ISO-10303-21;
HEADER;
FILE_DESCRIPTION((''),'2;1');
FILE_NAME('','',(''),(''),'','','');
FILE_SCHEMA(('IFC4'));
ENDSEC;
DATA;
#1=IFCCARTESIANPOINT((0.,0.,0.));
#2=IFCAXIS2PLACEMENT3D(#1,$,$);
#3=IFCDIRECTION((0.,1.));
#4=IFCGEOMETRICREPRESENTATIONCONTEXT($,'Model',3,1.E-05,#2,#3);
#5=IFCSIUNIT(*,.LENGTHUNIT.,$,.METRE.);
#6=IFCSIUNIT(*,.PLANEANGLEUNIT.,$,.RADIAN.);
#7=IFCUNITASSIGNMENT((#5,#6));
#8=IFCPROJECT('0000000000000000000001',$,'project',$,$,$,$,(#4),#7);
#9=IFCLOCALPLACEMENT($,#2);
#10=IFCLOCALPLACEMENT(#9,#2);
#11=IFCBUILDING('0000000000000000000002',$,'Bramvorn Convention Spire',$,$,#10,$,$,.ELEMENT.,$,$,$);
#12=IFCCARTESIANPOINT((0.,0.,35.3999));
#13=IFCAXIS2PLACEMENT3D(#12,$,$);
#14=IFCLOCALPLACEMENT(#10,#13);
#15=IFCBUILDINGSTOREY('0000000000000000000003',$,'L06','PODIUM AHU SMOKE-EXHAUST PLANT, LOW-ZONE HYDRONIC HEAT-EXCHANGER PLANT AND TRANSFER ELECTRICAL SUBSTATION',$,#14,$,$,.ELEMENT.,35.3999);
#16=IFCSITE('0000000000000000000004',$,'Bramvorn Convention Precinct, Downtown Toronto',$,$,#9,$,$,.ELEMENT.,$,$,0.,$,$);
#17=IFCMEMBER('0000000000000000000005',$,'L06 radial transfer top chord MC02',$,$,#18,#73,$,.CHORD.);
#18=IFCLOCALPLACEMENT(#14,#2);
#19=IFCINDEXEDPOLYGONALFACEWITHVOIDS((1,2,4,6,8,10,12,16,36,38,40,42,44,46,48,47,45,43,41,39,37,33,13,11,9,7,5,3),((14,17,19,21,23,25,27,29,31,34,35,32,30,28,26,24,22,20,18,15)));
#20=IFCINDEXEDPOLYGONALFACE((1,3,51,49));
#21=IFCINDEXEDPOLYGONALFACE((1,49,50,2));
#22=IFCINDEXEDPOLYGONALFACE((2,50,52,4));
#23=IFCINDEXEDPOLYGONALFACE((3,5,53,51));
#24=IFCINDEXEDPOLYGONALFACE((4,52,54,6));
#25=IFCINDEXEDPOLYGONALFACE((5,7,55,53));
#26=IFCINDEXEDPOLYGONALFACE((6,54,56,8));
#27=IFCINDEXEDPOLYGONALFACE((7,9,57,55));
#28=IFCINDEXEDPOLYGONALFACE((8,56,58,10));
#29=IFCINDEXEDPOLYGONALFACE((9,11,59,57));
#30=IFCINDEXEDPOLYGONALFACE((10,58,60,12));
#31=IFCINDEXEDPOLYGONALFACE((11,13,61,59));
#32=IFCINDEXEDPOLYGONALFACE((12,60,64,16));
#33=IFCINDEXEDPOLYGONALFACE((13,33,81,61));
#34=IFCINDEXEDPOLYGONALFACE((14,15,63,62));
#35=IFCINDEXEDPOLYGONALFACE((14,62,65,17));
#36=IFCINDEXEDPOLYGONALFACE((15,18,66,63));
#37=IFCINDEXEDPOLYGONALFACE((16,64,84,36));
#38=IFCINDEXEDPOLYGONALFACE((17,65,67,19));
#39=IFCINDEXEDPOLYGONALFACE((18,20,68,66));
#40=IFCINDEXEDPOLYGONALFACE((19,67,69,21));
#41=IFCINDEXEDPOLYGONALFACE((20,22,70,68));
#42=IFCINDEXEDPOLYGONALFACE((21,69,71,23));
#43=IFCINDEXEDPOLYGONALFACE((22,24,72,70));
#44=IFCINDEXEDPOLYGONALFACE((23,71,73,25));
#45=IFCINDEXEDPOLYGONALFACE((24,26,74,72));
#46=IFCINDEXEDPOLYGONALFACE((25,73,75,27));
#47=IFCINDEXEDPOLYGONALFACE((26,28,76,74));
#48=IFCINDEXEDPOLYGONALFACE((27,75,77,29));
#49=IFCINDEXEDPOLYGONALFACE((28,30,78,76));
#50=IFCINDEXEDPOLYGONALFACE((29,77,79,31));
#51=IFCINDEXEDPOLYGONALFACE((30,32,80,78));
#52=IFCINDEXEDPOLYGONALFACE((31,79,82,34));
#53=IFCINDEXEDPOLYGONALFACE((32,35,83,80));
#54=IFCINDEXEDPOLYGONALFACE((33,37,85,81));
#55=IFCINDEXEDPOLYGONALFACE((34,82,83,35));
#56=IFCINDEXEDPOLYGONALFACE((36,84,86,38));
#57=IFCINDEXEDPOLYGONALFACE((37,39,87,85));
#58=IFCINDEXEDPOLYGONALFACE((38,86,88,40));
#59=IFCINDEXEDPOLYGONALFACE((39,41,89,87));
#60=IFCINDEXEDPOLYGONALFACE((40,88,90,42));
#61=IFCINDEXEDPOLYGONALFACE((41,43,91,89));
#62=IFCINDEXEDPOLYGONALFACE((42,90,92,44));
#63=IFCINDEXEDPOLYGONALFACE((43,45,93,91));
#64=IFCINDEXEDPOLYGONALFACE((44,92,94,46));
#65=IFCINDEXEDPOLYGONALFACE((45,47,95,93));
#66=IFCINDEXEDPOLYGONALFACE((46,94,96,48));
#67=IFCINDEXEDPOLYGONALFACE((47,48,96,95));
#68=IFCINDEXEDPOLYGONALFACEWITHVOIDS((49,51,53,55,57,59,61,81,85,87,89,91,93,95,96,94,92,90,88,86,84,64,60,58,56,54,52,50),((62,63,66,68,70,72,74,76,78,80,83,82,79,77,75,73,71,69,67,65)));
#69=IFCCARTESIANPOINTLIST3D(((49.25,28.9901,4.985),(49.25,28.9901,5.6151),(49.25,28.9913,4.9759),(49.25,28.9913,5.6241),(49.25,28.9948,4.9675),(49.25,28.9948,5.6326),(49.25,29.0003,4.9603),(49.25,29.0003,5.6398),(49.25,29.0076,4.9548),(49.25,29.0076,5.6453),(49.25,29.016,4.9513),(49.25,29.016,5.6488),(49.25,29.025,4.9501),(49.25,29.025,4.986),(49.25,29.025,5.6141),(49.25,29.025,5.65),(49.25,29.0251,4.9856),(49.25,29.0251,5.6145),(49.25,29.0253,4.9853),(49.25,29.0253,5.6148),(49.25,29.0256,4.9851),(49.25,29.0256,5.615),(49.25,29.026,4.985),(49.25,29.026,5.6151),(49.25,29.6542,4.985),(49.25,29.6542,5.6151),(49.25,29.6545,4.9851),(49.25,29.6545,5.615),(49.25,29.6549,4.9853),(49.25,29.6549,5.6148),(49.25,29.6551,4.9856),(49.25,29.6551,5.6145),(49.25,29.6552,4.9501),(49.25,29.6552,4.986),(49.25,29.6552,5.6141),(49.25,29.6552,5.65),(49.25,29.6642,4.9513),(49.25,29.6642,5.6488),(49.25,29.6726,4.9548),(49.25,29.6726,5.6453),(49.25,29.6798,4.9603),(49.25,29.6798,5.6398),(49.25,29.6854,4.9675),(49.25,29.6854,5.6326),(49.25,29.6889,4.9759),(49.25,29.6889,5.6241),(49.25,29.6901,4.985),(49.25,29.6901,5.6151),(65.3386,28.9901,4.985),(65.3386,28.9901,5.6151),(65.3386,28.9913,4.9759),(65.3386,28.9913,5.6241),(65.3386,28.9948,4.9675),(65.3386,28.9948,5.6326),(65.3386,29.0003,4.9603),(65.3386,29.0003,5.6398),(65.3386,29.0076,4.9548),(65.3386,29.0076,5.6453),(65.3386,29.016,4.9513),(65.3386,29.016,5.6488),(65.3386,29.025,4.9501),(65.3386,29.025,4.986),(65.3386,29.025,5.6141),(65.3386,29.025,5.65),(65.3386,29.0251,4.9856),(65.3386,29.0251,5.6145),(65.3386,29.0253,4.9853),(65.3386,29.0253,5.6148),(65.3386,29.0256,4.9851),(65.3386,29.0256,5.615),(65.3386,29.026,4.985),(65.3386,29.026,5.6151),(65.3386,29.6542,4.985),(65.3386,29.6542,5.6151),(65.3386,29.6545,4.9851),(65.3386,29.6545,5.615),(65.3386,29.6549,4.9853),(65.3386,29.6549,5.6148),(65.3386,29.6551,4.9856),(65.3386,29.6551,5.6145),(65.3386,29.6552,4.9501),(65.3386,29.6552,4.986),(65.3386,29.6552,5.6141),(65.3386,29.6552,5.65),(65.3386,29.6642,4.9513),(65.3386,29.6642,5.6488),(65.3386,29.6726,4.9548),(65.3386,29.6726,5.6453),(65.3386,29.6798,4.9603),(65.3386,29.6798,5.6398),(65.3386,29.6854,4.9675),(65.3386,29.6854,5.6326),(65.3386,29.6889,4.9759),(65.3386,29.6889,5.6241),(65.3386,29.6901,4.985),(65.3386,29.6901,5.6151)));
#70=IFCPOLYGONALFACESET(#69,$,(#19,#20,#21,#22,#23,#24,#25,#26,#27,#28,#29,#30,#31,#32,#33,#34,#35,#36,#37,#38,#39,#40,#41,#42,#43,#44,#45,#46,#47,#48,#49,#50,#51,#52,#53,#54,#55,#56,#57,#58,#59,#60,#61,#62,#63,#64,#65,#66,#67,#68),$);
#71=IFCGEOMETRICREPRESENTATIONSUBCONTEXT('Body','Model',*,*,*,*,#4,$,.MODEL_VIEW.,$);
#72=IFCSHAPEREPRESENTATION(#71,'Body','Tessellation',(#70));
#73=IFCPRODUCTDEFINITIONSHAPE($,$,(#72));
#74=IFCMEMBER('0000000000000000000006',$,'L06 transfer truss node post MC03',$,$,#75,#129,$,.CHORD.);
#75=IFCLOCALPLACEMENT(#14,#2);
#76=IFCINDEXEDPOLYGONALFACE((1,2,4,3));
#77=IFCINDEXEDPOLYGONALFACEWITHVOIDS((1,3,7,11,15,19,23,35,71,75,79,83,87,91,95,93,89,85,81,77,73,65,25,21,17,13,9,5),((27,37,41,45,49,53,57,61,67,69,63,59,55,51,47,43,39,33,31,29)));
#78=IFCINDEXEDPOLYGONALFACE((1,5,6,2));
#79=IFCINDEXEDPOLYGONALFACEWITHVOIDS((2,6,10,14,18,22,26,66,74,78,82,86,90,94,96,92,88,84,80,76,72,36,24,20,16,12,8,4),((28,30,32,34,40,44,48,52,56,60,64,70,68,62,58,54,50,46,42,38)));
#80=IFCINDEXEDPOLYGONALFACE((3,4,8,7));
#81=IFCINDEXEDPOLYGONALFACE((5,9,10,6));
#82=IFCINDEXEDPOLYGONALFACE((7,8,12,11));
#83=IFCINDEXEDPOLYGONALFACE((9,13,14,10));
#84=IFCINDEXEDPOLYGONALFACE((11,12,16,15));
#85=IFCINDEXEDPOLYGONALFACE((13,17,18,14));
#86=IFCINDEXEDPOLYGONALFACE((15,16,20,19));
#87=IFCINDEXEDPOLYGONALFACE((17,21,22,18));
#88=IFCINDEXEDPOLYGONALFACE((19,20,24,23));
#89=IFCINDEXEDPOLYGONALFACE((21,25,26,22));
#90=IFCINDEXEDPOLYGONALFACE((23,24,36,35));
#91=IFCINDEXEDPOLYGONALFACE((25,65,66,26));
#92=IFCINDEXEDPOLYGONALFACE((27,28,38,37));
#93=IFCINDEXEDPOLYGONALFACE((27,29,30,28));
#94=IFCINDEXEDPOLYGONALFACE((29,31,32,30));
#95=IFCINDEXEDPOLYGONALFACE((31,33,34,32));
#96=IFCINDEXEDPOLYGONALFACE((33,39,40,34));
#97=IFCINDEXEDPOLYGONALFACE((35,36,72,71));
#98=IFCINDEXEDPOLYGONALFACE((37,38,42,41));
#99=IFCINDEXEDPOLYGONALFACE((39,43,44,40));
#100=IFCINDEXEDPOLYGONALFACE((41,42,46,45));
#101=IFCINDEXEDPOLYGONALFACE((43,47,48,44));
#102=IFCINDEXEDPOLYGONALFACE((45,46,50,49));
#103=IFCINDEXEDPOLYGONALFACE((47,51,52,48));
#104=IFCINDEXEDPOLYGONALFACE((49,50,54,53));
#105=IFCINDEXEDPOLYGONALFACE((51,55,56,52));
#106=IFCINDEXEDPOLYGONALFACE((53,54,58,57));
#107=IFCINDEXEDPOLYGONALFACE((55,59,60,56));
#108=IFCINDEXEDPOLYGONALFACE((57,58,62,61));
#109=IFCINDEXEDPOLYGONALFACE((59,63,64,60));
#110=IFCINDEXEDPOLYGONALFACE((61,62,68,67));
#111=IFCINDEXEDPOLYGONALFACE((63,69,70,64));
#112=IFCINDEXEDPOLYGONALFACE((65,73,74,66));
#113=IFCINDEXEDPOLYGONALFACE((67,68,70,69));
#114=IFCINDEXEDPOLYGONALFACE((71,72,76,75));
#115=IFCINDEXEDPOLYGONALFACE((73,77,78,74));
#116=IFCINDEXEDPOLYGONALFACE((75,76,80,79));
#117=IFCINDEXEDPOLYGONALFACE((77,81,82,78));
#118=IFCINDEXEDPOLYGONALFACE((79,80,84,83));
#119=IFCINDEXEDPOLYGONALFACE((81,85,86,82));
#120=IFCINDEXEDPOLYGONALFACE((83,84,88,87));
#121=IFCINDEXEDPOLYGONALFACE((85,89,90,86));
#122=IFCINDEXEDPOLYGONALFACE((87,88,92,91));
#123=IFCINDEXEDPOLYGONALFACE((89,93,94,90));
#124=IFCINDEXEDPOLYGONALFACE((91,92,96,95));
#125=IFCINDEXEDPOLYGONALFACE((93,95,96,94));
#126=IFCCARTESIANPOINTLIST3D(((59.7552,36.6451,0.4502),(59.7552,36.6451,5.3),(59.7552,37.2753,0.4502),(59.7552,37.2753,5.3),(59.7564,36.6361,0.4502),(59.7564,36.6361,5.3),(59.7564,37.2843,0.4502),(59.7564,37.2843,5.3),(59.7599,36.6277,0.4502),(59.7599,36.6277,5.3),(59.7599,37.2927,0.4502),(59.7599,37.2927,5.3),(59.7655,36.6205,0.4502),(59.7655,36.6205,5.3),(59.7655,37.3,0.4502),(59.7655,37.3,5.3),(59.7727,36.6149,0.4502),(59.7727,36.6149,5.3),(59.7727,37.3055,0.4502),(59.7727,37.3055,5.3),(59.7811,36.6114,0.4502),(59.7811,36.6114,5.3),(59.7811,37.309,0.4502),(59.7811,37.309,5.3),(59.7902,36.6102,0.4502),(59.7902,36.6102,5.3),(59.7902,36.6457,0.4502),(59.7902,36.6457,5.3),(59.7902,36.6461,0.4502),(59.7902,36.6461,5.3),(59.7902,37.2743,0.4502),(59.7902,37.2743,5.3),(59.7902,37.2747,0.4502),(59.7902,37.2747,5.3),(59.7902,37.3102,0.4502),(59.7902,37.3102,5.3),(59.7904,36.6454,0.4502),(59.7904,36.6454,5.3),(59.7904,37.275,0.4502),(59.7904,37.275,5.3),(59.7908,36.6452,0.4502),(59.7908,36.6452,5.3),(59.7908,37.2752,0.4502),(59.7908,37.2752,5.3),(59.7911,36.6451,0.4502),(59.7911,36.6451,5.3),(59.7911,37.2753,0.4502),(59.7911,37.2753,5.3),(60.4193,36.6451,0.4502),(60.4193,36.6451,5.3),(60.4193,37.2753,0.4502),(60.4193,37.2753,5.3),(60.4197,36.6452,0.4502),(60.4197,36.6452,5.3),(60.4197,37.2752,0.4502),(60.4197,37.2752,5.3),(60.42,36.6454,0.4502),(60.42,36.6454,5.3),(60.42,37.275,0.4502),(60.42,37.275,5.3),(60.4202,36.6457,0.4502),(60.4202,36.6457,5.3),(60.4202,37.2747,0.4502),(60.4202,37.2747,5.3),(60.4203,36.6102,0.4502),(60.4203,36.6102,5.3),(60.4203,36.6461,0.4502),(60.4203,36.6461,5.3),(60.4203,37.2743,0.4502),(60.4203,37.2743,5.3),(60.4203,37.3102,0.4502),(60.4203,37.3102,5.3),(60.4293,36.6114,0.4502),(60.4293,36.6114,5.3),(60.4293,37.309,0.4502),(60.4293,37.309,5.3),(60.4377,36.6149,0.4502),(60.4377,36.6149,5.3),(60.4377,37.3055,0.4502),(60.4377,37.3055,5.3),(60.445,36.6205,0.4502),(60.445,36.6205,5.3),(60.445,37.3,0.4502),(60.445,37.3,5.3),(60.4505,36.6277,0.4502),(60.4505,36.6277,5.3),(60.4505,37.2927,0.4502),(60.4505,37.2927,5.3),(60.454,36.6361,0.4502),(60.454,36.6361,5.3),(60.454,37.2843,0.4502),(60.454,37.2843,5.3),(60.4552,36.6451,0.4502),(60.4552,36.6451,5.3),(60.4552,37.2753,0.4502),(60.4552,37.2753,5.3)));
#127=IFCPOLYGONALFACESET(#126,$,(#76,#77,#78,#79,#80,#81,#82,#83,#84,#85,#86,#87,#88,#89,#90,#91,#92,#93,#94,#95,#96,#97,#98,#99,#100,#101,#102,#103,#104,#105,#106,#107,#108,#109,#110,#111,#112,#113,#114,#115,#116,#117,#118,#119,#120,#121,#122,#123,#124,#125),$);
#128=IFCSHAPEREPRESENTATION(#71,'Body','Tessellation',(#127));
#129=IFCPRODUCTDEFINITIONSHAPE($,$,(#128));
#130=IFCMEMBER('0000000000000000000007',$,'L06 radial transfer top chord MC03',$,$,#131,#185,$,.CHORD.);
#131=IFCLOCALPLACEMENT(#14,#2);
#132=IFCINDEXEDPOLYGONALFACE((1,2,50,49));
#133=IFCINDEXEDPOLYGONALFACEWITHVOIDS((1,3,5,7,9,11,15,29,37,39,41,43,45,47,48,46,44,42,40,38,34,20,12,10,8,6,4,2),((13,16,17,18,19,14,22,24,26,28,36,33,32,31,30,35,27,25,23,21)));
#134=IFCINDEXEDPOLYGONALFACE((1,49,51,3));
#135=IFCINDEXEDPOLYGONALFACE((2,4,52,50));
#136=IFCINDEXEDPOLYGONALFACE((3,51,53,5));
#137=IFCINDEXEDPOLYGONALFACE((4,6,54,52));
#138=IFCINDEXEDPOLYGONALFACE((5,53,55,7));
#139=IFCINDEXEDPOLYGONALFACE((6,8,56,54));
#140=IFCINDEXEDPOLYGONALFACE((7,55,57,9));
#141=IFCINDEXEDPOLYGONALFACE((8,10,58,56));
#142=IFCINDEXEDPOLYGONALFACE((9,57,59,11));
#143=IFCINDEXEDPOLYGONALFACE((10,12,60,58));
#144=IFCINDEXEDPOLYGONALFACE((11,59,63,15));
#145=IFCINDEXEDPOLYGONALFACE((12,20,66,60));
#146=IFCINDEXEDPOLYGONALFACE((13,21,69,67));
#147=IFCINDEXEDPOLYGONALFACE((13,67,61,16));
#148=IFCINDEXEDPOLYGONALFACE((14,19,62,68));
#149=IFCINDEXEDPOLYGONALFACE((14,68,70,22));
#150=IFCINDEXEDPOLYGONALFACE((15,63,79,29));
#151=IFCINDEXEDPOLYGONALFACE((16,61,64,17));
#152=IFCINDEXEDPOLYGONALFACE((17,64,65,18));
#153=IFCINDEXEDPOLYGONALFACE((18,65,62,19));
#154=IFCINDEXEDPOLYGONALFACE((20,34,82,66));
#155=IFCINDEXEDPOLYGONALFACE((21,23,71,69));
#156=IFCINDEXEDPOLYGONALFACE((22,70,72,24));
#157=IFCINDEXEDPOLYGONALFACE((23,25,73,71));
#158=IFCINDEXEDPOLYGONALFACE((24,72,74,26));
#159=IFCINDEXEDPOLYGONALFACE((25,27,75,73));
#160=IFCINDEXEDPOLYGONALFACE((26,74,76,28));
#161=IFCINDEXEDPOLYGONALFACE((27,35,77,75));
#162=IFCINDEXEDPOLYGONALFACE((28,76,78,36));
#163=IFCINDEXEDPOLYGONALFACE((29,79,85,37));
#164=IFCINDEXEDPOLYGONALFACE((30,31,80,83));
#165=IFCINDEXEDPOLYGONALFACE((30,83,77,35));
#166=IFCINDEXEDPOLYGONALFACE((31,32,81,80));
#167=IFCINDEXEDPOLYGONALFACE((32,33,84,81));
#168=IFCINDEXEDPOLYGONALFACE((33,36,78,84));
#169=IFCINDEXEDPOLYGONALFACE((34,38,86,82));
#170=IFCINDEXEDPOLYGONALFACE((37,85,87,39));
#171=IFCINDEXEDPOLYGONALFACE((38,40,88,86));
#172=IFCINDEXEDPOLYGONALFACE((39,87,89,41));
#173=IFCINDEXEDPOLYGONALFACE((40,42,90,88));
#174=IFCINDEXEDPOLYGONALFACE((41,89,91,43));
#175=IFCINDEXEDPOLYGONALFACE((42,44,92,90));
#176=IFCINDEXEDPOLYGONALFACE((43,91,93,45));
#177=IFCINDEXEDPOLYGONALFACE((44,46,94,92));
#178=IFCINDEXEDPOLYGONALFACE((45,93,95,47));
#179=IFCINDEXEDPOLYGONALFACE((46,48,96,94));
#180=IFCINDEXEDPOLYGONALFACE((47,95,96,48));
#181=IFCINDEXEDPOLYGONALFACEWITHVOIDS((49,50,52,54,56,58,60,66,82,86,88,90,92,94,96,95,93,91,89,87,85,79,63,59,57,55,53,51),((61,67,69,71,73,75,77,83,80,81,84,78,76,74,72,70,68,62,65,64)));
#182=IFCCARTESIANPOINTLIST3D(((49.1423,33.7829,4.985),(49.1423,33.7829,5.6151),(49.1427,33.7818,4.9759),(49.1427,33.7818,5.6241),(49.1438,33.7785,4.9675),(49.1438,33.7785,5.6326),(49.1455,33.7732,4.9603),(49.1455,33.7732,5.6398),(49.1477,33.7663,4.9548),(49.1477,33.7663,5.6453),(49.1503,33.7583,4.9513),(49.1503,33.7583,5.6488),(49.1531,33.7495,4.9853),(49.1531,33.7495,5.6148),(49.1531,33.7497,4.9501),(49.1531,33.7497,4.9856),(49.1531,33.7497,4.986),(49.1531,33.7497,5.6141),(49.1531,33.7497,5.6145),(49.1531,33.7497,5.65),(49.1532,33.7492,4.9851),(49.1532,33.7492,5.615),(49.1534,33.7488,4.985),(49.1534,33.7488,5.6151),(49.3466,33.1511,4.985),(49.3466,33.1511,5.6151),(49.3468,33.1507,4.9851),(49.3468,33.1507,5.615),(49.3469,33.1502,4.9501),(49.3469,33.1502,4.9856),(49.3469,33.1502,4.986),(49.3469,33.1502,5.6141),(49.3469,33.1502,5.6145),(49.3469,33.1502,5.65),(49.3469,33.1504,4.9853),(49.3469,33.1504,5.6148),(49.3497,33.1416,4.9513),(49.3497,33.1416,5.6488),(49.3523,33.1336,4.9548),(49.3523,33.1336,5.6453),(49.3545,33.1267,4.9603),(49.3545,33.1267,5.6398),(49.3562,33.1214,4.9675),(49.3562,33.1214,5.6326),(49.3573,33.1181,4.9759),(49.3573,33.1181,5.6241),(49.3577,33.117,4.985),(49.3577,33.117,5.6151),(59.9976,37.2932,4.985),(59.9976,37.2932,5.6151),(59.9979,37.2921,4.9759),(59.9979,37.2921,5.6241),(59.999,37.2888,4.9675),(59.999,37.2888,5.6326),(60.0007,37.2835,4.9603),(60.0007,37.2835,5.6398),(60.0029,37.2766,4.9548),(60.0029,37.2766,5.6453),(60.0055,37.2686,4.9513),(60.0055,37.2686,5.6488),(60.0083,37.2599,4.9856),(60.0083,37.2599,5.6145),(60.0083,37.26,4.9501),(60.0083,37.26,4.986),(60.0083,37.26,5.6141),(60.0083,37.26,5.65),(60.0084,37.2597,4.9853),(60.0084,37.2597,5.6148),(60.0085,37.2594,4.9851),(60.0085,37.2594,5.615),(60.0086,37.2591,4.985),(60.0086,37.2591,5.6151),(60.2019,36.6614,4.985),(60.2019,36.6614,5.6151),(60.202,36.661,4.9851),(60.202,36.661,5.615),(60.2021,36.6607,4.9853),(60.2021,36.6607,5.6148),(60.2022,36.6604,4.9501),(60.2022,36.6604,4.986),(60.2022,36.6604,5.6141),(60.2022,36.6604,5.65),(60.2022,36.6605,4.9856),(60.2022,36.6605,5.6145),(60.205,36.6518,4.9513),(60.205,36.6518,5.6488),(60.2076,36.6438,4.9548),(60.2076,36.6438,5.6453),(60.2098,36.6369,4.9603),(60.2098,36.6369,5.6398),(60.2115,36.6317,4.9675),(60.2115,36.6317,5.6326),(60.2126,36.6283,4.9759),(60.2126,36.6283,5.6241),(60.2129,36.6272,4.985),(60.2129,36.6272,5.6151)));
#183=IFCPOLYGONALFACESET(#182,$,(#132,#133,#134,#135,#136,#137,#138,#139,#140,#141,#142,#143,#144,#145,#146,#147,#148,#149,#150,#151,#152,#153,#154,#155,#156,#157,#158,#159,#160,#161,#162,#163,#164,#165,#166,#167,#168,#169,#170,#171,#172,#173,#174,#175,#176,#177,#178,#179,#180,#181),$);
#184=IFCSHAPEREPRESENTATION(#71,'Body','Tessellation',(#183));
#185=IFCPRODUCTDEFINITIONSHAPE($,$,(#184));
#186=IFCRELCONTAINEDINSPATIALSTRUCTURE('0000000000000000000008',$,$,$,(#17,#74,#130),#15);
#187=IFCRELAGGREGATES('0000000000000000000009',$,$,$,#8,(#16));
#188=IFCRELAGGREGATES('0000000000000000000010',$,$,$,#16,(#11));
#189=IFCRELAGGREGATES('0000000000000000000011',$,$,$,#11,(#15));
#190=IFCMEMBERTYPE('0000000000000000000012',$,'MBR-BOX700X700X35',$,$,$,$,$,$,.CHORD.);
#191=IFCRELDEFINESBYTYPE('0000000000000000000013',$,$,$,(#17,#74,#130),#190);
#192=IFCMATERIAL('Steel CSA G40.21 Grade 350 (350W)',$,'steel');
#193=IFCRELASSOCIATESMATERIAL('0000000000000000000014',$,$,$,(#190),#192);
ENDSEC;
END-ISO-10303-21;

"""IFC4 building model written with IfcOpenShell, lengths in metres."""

from ifc_helpers import new_model, si_unit, direction, frame, origin, origin_2d, place, context, subcontext, project, spatial, hollow_rectangle, extrude, material, material_profile, profile_set, type_object, element, save


model = new_model("IFC4")

# Units and contexts
model_context = context("Model", 3, precision=1e-05, world=origin(), true_north=direction((0.0, 1.0)))
body_context = subcontext(model_context, "Body", "Model", "MODEL_VIEW")
ifc_project = project(units=[si_unit("LENGTHUNIT", "METRE"), si_unit("PLANEANGLEUNIT", "RADIAN")], contexts=[model_context])

# Site, building, storey
site_placement = place(None, origin())
site = spatial("IfcSite", under=ifc_project, at=site_placement, Name="Bramvorn Convention Precinct, Downtown Toronto", CompositionType="ELEMENT", RefElevation=0.0)
building_placement = place(site_placement, origin())
building = spatial("IfcBuilding", under=site, at=building_placement, Name="Bramvorn Convention Spire", CompositionType="ELEMENT")
storey_placement = place(building_placement, frame((0.0, 0.0, 35.3999)))
storey = spatial("IfcBuildingStorey", under=building, at=storey_placement, Name="L06", Description="PODIUM AHU SMOKE-EXHAUST PLANT, LOW-ZONE HYDRONIC HEAT-EXCHANGER PLANT AND TRANSFER ELECTRICAL SUBSTATION", CompositionType="ELEMENT", Elevation=35.3999)

# Shared definitions
ifc_material_1 = material(Name="Steel CSA G40.21 Grade 350 (350W)", Category="steel")

# Members
ifc_material_profile_1 = material_profile(ifc_material_1, hollow_rectangle(XDim=0.7, YDim=0.7, WallThickness=0.0349, InnerFilletRadius=0.001, OuterFilletRadius=0.0349, at=origin_2d()))
ifc_profile_set_1 = profile_set([ifc_material_profile_1], Name="Steel CSA G40.21 Grade 350 (350W) - BOX700X700X35")
member_type_1 = type_object("IfcMemberType", Name="MBR-BOX700X700X35", PredefinedType="CHORD", material=ifc_profile_set_1)
member_1_placement = place(storey_placement, frame((49.25, 29.3401, 5.3), z_axis=(1.0, 0.0, 0.0), x_axis=(0.0, 1.0, 0.0)))
element("IfcMember", 1, at=member_1_placement, inside=storey, type_object=member_type_1, Name="L06 radial transfer top chord MC02", PredefinedType="CHORD", context=body_context, shape_type="SweptSolid", body=[
    extrude(hollow_rectangle(XDim=0.7, YDim=0.7, WallThickness=0.0349, InnerFilletRadius=0.001, OuterFilletRadius=0.0349, at=origin_2d()), origin(), (0.0, 0.0, 1.0), 16.0886),
])
member_2_placement = place(storey_placement, frame((60.1052, 36.9602, 0.4502), z_axis=(0.0, 0.0, 1.0), x_axis=(1.0, 0.0, 0.0)))
element("IfcMember", 2, at=member_2_placement, inside=storey, type_object=member_type_1, Name="L06 transfer truss node post MC03", PredefinedType="CHORD", context=body_context, shape_type="SweptSolid", body=[
    extrude(hollow_rectangle(XDim=0.7, YDim=0.7, WallThickness=0.0349, InnerFilletRadius=0.001, OuterFilletRadius=0.0349, at=origin_2d()), origin(), (0.0, 0.0, 1.0), 4.8499),
])
member_3_placement = place(storey_placement, frame((49.25, 33.45, 5.3), z_axis=(0.951489, 0.307683, 0.0), x_axis=(-0.307683, 0.951489, 0.0)))
element("IfcMember", 3, at=member_3_placement, inside=storey, type_object=member_type_1, Name="L06 radial transfer top chord MC03", PredefinedType="CHORD", context=body_context, shape_type="SweptSolid", body=[
    extrude(hollow_rectangle(XDim=0.7, YDim=0.7, WallThickness=0.0349, InnerFilletRadius=0.001, OuterFilletRadius=0.0349, at=origin_2d()), origin(), (0.0, 0.0, 1.0), 11.4087),
])

save(model, "model.ifc")
